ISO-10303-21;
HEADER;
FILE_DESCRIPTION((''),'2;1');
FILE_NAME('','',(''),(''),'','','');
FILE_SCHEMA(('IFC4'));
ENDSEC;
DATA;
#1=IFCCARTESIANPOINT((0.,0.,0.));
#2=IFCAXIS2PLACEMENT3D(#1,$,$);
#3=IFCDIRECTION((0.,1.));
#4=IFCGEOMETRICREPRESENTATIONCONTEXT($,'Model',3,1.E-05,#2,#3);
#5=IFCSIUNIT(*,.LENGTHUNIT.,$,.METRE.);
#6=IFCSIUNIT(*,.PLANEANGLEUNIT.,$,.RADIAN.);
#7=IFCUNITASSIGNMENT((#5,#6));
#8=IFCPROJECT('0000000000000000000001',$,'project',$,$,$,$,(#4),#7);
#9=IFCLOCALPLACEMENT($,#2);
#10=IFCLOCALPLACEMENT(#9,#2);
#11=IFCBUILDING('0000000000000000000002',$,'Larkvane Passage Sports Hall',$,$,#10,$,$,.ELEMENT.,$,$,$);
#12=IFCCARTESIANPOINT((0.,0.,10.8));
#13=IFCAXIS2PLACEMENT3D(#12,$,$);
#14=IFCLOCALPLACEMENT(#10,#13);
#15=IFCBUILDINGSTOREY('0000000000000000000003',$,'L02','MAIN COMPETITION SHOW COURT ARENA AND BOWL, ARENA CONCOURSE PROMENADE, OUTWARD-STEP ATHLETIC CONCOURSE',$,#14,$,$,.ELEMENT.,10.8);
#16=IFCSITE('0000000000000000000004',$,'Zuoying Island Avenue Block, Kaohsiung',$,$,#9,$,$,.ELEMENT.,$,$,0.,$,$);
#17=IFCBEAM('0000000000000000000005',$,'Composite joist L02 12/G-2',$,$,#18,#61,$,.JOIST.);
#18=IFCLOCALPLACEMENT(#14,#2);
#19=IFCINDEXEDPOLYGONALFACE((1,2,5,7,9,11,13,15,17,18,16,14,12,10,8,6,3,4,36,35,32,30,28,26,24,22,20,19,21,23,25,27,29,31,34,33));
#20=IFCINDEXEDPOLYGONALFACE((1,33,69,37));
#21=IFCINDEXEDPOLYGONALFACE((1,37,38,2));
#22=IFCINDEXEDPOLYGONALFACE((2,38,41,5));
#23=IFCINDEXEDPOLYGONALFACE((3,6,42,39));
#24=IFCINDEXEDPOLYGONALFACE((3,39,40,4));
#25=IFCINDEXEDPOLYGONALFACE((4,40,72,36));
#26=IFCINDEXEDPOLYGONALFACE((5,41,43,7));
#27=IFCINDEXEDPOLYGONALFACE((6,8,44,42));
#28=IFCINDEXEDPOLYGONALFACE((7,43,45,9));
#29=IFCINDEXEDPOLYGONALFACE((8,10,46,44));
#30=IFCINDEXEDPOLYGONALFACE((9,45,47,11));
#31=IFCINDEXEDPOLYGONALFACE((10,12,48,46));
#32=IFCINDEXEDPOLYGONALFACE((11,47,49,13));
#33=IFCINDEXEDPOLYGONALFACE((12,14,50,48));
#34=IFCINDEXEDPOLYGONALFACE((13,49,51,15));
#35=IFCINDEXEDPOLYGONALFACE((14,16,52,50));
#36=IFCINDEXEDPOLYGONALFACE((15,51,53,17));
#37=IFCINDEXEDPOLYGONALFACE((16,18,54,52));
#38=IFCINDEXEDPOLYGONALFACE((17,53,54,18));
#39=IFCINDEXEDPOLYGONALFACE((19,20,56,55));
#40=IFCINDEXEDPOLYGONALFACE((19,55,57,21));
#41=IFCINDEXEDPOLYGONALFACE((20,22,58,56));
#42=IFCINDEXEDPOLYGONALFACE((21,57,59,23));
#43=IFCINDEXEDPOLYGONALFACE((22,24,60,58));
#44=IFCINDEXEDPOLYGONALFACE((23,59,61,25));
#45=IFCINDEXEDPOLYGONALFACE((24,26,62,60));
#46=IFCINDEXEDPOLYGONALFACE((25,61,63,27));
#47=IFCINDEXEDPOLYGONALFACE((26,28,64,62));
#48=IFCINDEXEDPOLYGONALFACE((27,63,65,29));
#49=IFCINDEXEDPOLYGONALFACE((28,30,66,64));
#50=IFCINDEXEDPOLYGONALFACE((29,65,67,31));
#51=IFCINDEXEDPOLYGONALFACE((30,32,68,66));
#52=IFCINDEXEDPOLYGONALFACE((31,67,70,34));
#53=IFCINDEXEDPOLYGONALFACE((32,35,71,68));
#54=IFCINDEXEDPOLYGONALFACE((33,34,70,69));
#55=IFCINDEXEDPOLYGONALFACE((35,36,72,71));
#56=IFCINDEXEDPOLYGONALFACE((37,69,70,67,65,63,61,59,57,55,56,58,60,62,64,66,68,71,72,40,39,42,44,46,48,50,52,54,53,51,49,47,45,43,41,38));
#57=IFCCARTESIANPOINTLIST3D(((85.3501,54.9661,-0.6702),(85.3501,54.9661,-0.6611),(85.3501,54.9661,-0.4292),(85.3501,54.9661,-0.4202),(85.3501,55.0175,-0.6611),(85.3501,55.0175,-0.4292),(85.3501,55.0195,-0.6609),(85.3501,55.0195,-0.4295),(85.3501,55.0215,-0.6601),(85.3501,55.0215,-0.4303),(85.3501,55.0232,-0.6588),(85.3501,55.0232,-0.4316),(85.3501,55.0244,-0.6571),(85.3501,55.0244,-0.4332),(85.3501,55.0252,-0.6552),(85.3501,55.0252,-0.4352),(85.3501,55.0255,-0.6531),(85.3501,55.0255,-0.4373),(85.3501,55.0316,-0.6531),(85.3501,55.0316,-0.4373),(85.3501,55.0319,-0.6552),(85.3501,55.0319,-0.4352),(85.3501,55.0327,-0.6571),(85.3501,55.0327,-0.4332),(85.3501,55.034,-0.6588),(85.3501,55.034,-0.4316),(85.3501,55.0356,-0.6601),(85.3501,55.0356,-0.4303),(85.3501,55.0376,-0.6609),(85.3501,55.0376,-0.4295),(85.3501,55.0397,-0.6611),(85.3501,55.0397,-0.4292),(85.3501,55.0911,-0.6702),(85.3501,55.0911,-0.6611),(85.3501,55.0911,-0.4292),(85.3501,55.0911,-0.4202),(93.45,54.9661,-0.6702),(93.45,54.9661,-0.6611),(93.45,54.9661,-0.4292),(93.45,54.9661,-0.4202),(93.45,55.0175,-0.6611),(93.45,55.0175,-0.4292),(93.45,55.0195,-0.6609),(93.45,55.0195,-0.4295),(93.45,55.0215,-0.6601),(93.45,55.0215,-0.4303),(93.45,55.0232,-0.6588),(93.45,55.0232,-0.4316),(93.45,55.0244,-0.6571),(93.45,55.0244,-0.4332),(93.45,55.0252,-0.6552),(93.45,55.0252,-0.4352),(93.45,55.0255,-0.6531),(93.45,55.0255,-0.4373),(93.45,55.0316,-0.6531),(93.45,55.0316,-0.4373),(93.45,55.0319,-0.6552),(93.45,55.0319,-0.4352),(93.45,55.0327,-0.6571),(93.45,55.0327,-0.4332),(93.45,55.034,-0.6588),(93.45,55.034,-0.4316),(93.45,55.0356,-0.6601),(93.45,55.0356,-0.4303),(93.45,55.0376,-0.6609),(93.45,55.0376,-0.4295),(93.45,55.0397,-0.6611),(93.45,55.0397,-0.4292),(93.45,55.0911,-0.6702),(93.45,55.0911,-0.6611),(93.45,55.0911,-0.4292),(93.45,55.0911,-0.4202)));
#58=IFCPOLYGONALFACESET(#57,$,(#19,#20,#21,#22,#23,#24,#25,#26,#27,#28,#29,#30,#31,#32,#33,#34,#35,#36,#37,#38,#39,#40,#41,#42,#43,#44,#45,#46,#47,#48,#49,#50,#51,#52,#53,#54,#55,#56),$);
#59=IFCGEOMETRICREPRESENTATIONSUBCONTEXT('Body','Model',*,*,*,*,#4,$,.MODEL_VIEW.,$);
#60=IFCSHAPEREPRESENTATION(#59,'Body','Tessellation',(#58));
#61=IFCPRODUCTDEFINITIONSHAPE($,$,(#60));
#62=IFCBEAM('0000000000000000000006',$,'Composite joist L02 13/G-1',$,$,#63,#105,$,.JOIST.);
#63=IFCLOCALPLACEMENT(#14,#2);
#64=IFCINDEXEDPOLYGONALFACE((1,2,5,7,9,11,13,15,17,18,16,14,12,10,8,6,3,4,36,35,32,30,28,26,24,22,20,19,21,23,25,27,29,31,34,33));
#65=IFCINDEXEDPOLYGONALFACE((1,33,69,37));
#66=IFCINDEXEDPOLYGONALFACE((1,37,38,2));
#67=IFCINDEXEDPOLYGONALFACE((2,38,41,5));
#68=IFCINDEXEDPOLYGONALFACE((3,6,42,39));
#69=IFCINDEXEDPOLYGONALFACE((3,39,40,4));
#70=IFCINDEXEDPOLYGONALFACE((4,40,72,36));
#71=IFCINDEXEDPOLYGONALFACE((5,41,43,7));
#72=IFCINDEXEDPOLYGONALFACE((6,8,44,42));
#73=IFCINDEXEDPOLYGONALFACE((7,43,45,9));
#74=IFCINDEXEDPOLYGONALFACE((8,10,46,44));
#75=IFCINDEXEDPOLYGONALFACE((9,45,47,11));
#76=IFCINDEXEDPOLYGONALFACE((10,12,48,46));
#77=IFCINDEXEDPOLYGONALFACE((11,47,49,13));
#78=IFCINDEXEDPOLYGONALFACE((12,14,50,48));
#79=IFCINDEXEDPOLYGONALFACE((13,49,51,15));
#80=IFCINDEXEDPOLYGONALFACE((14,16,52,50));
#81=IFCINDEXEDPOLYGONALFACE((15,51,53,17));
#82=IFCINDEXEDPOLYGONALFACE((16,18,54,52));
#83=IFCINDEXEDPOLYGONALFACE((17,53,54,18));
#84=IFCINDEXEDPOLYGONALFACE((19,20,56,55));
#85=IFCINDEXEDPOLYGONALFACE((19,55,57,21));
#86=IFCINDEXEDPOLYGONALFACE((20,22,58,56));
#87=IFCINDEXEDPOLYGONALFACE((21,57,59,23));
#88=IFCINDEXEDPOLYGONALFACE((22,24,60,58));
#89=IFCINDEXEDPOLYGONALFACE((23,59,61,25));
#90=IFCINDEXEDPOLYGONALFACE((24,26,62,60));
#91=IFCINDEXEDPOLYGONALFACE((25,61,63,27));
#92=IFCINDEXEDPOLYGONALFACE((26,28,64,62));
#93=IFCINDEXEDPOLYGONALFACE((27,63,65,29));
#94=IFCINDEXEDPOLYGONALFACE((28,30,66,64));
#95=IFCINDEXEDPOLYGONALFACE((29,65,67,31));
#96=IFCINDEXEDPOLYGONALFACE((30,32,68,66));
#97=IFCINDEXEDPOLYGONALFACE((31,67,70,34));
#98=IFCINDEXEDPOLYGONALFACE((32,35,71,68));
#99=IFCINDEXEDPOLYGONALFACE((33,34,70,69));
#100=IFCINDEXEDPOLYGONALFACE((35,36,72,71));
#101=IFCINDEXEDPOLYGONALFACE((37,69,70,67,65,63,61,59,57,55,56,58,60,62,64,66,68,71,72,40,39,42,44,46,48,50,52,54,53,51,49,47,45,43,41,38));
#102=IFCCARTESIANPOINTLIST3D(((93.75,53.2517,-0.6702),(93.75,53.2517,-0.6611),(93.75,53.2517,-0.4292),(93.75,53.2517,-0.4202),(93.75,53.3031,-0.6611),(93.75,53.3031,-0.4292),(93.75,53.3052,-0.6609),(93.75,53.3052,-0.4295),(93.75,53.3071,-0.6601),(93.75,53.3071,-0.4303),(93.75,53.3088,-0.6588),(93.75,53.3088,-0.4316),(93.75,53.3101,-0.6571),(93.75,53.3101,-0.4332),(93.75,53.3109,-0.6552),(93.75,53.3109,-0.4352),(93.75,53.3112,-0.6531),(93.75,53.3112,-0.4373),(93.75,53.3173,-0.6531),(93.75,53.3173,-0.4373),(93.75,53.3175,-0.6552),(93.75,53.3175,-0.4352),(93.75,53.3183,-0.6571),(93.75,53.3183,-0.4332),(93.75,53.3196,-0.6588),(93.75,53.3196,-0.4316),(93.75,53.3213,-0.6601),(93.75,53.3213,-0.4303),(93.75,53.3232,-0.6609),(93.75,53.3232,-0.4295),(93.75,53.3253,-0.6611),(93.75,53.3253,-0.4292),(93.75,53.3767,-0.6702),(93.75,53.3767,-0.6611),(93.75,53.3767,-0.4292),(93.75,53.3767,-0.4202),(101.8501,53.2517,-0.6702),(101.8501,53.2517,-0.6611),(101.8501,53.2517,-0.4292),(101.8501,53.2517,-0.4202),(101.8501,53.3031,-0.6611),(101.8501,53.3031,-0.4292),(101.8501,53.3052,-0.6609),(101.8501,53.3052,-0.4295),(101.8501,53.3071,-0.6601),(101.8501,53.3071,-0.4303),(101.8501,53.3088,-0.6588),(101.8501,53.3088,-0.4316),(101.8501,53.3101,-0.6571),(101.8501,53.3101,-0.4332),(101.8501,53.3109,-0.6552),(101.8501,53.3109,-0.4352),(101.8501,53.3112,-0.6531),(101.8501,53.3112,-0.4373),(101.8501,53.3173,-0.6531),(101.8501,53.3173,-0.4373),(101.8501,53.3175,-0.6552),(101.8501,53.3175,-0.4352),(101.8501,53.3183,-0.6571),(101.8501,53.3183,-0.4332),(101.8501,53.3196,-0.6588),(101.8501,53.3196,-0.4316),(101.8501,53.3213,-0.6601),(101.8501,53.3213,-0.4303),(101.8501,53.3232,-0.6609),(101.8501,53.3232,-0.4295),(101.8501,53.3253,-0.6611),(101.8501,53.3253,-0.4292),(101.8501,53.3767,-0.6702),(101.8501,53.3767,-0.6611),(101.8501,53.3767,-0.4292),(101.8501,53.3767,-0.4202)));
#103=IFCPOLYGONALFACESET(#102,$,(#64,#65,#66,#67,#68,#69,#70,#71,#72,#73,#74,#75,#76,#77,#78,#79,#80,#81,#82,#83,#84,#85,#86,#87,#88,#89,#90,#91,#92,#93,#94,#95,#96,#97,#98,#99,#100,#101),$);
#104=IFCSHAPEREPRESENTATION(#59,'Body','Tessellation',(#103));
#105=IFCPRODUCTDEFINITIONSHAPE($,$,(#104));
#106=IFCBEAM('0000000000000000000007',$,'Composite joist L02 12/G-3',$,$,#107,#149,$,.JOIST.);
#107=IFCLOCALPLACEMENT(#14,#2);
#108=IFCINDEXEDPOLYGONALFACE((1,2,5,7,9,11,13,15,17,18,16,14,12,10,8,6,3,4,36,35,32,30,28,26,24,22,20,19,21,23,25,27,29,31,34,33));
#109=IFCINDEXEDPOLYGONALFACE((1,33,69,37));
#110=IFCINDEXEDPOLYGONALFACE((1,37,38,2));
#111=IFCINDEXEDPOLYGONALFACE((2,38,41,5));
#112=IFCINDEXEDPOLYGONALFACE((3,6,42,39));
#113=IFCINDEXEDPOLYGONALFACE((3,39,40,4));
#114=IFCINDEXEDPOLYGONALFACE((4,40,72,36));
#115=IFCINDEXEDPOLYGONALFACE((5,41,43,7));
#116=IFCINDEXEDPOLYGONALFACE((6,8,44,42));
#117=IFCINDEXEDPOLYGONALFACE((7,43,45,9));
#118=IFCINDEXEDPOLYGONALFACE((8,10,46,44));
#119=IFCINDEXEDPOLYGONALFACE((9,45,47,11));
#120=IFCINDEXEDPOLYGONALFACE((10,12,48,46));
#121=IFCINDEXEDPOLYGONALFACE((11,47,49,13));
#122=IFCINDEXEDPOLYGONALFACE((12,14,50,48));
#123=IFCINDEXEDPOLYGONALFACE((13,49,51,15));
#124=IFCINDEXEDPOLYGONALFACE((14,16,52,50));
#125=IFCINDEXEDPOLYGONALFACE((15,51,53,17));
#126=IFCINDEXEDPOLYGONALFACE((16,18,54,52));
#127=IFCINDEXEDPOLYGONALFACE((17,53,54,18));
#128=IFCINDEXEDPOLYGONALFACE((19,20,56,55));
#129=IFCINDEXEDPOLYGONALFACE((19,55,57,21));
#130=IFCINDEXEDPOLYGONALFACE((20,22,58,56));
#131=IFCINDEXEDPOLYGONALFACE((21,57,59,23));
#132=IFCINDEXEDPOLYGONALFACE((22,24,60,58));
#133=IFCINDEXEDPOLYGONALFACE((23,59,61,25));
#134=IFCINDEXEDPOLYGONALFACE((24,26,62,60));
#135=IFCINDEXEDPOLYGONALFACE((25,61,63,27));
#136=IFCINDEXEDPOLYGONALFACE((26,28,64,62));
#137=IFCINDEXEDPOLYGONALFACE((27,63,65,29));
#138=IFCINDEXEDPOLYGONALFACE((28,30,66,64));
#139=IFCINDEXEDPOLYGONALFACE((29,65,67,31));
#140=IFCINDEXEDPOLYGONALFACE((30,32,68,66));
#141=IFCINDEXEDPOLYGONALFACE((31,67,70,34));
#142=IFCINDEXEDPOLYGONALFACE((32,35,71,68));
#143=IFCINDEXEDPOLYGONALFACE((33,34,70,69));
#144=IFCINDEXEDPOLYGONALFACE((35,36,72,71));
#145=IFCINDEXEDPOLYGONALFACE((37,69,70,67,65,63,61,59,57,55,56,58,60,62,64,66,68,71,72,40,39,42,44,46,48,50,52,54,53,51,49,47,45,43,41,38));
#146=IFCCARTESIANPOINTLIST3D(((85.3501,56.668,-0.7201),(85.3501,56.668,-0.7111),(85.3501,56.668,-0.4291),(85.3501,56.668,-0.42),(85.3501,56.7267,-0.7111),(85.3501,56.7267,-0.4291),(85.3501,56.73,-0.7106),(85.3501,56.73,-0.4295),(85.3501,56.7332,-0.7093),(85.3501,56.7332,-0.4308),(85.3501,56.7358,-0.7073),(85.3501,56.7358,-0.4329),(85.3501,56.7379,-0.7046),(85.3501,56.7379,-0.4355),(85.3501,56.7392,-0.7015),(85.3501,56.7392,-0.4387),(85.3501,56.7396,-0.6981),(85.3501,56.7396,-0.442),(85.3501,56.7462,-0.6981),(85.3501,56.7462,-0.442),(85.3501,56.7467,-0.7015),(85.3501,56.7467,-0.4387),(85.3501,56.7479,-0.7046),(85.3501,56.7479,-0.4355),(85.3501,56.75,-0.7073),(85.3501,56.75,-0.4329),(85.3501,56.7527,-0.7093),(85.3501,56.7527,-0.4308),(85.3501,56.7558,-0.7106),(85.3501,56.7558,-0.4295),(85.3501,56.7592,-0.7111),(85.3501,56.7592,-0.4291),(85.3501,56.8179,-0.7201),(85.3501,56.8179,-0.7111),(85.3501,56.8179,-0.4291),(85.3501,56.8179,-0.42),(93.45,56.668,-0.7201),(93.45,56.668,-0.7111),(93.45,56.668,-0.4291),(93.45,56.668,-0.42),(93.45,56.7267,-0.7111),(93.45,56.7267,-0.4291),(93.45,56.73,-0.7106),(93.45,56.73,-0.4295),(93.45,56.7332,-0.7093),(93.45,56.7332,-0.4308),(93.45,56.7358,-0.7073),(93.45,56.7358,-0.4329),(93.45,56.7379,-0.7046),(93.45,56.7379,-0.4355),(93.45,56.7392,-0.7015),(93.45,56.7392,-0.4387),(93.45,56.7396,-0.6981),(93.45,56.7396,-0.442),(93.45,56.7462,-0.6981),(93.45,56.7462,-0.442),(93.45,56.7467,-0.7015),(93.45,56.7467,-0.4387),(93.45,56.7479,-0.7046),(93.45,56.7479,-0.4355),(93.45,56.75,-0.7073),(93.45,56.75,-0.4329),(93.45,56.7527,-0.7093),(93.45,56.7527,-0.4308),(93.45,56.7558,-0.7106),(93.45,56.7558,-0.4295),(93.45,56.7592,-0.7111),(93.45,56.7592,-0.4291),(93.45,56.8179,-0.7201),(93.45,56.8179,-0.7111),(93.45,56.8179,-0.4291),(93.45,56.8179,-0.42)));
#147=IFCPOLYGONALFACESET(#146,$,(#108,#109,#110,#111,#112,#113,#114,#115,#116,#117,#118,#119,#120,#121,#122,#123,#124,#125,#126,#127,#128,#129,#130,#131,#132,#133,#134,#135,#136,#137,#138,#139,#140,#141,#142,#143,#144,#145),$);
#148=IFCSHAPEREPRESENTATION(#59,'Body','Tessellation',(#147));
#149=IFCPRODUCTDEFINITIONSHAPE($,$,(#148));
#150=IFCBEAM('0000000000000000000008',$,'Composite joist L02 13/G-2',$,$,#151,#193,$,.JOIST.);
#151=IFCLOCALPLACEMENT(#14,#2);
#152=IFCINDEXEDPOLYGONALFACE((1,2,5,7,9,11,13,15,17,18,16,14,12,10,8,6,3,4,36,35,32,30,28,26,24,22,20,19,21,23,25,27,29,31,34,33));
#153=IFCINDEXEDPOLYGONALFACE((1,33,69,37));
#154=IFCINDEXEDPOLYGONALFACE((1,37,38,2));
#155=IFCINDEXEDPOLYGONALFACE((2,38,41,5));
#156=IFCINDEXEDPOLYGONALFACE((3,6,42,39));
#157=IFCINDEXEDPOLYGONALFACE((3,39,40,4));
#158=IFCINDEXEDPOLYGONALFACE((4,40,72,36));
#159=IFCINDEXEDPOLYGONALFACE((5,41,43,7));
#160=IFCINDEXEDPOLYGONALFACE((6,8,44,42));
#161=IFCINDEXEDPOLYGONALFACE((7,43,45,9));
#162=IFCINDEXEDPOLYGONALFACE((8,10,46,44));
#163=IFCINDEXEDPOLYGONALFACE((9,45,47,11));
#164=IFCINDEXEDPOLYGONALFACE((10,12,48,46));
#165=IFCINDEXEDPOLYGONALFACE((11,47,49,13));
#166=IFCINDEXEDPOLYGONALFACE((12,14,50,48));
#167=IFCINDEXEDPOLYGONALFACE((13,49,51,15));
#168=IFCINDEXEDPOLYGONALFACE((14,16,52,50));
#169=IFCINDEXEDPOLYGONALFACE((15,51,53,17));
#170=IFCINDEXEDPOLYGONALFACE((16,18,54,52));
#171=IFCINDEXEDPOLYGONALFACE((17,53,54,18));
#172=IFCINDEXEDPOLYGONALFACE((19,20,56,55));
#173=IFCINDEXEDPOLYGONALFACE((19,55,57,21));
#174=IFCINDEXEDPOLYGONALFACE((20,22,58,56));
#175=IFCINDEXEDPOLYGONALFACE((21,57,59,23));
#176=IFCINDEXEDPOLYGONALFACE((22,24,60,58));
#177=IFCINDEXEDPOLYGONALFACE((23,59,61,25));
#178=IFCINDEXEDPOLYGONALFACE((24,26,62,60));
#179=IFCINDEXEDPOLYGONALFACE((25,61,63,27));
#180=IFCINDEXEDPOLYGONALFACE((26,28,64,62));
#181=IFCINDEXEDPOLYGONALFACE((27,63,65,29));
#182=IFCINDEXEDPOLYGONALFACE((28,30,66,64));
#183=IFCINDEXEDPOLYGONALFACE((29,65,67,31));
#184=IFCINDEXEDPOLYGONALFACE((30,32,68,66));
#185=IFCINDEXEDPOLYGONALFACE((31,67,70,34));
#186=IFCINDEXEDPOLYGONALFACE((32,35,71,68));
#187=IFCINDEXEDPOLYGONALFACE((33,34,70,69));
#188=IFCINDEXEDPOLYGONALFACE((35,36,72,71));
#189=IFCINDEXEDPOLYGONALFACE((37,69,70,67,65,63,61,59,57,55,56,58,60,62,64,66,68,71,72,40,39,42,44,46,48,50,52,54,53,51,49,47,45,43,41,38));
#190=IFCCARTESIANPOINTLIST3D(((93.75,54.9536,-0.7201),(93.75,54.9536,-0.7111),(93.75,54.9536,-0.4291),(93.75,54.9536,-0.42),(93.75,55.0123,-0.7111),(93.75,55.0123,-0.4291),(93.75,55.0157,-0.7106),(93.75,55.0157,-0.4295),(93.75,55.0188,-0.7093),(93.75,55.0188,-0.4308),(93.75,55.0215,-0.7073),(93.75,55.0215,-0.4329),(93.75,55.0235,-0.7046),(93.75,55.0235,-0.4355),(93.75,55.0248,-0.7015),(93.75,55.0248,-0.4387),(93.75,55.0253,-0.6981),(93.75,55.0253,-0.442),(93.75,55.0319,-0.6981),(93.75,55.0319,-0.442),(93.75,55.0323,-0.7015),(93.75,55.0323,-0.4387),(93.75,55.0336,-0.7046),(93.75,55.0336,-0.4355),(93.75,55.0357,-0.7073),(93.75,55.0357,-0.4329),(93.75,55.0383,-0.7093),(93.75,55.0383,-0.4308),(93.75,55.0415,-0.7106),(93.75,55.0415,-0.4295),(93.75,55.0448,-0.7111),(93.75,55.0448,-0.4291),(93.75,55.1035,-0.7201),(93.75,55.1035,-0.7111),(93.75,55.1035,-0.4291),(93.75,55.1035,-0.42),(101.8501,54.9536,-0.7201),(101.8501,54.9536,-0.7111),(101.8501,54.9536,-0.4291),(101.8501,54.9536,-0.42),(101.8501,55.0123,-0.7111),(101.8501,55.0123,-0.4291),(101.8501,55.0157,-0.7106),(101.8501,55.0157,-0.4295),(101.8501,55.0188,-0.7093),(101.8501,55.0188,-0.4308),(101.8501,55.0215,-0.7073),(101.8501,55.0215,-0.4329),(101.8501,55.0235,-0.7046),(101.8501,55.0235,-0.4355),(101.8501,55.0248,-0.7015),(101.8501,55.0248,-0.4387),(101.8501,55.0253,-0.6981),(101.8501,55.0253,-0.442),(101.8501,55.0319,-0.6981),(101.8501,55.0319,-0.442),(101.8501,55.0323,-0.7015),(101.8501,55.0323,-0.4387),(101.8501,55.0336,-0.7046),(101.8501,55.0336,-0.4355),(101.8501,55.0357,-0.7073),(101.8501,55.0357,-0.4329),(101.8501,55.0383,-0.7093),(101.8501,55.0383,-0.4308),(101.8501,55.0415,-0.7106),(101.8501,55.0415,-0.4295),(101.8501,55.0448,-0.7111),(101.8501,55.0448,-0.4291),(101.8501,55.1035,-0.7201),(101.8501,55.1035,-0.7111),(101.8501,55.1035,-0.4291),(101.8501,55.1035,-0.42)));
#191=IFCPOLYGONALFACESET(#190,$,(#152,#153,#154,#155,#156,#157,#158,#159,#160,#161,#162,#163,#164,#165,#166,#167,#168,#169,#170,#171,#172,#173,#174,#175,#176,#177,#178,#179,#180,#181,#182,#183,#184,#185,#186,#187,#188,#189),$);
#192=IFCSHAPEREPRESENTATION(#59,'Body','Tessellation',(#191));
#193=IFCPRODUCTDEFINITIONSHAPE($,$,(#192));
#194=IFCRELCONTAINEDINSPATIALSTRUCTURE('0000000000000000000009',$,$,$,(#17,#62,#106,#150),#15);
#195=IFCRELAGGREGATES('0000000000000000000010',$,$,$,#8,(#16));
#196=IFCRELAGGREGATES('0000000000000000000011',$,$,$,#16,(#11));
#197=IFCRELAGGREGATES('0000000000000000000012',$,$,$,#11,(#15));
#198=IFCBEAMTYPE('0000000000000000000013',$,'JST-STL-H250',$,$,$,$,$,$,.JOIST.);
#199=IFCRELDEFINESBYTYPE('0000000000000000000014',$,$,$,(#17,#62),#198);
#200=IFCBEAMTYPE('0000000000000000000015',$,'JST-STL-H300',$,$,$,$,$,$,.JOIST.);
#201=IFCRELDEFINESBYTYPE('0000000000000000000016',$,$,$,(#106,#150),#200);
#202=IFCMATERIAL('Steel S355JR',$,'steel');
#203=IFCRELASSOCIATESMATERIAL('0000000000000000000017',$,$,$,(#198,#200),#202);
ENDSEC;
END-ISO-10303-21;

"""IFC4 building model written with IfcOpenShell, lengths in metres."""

from ifc_helpers import new_model, si_unit, direction, frame, origin, origin_2d, place, context, subcontext, project, spatial, i_section, extrude, material, material_profile, profile_set, type_object, element, save


model = new_model("IFC4")

# Units and contexts
model_context = context("Model", 3, precision=1e-05, world=origin(), true_north=direction((0.0, 1.0)))
body_context = subcontext(model_context, "Body", "Model", "MODEL_VIEW")
ifc_project = project(units=[si_unit("LENGTHUNIT", "METRE"), si_unit("PLANEANGLEUNIT", "RADIAN")], contexts=[model_context])

# Site, building, storey
site_placement = place(None, origin())
site = spatial("IfcSite", under=ifc_project, at=site_placement, Name="Zuoying Island Avenue Block, Kaohsiung", CompositionType="ELEMENT", RefElevation=0.0)
building_placement = place(site_placement, origin())
building = spatial("IfcBuilding", under=site, at=building_placement, Name="Larkvane Passage Sports Hall", CompositionType="ELEMENT")
storey_placement = place(building_placement, frame((0.0, 0.0, 10.8)))
storey = spatial("IfcBuildingStorey", under=building, at=storey_placement, Name="L02", Description="MAIN COMPETITION SHOW COURT ARENA AND BOWL, ARENA CONCOURSE PROMENADE, OUTWARD-STEP ATHLETIC CONCOURSE", CompositionType="ELEMENT", Elevation=10.8)

# Shared definitions
ifc_material_1 = material(Name="Steel S355JR", Category="steel")

# Beams
ifc_material_profile_1 = material_profile(ifc_material_1, i_section(OverallWidth=0.125, OverallDepth=0.25, WebThickness=0.0061, FlangeThickness=0.009, FilletRadius=0.0081, at=origin_2d()), Name="H-250x125x6x9")
ifc_profile_set_1 = profile_set([ifc_material_profile_1], Name="Steel S355JR")
beam_type_1 = type_object("IfcBeamType", Name="JST-STL-H250", PredefinedType="JOIST", material=ifc_profile_set_1)
beam_1_placement = place(storey_placement, frame((85.3501, 55.0286, -0.5452), z_axis=(1.0, 0.0, 0.0), x_axis=(0.0, 1.0, 0.0)))
element("IfcBeam", 1, at=beam_1_placement, inside=storey, type_object=beam_type_1, Name="Composite joist L02 12/G-2", PredefinedType="JOIST", context=body_context, shape_type="SweptSolid", body=[
    extrude(i_section(OverallWidth=0.125, OverallDepth=0.25, WebThickness=0.0061, FlangeThickness=0.009, FilletRadius=0.0081, at=origin_2d()), origin(), (0.0, 0.0, 1.0), 8.0999),
])
beam_2_placement = place(storey_placement, frame((93.75, 53.3142, -0.5452), z_axis=(1.0, 0.0, 0.0), x_axis=(0.0, 1.0, 0.0)))
element("IfcBeam", 2, at=beam_2_placement, inside=storey, type_object=beam_type_1, Name="Composite joist L02 13/G-1", PredefinedType="JOIST", context=body_context, shape_type="SweptSolid", body=[
    extrude(i_section(OverallWidth=0.125, OverallDepth=0.25, WebThickness=0.0061, FlangeThickness=0.009, FilletRadius=0.0081, at=origin_2d()), origin(), (0.0, 0.0, 1.0), 8.1001),
])
ifc_material_profile_2 = material_profile(ifc_material_1, i_section(OverallWidth=0.1499, OverallDepth=0.3, WebThickness=0.0066, FlangeThickness=0.009, FilletRadius=0.0129, at=origin_2d()), Name="H-300x150x6.5x9")
ifc_profile_set_2 = profile_set([ifc_material_profile_2], Name="Steel S355JR")
beam_type_2 = type_object("IfcBeamType", Name="JST-STL-H300", PredefinedType="JOIST", material=ifc_profile_set_2)
beam_3_placement = place(storey_placement, frame((85.3501, 56.7429, -0.5701), z_axis=(1.0, 0.0, 0.0), x_axis=(0.0, 1.0, 0.0)))
element("IfcBeam", 3, at=beam_3_placement, inside=storey, type_object=beam_type_2, Name="Composite joist L02 12/G-3", PredefinedType="JOIST", context=body_context, shape_type="SweptSolid", body=[
    extrude(i_section(OverallWidth=0.1499, OverallDepth=0.3, WebThickness=0.0066, FlangeThickness=0.009, FilletRadius=0.0129, at=origin_2d()), origin(), (0.0, 0.0, 1.0), 8.0999),
])
beam_4_placement = place(storey_placement, frame((93.75, 55.0286, -0.5701), z_axis=(1.0, 0.0, 0.0), x_axis=(0.0, 1.0, 0.0)))
element("IfcBeam", 4, at=beam_4_placement, inside=storey, type_object=beam_type_2, Name="Composite joist L02 13/G-2", PredefinedType="JOIST", context=body_context, shape_type="SweptSolid", body=[
    extrude(i_section(OverallWidth=0.1499, OverallDepth=0.3, WebThickness=0.0066, FlangeThickness=0.009, FilletRadius=0.0129, at=origin_2d()), origin(), (0.0, 0.0, 1.0), 8.1001),
])

save(model, "model.ifc")
